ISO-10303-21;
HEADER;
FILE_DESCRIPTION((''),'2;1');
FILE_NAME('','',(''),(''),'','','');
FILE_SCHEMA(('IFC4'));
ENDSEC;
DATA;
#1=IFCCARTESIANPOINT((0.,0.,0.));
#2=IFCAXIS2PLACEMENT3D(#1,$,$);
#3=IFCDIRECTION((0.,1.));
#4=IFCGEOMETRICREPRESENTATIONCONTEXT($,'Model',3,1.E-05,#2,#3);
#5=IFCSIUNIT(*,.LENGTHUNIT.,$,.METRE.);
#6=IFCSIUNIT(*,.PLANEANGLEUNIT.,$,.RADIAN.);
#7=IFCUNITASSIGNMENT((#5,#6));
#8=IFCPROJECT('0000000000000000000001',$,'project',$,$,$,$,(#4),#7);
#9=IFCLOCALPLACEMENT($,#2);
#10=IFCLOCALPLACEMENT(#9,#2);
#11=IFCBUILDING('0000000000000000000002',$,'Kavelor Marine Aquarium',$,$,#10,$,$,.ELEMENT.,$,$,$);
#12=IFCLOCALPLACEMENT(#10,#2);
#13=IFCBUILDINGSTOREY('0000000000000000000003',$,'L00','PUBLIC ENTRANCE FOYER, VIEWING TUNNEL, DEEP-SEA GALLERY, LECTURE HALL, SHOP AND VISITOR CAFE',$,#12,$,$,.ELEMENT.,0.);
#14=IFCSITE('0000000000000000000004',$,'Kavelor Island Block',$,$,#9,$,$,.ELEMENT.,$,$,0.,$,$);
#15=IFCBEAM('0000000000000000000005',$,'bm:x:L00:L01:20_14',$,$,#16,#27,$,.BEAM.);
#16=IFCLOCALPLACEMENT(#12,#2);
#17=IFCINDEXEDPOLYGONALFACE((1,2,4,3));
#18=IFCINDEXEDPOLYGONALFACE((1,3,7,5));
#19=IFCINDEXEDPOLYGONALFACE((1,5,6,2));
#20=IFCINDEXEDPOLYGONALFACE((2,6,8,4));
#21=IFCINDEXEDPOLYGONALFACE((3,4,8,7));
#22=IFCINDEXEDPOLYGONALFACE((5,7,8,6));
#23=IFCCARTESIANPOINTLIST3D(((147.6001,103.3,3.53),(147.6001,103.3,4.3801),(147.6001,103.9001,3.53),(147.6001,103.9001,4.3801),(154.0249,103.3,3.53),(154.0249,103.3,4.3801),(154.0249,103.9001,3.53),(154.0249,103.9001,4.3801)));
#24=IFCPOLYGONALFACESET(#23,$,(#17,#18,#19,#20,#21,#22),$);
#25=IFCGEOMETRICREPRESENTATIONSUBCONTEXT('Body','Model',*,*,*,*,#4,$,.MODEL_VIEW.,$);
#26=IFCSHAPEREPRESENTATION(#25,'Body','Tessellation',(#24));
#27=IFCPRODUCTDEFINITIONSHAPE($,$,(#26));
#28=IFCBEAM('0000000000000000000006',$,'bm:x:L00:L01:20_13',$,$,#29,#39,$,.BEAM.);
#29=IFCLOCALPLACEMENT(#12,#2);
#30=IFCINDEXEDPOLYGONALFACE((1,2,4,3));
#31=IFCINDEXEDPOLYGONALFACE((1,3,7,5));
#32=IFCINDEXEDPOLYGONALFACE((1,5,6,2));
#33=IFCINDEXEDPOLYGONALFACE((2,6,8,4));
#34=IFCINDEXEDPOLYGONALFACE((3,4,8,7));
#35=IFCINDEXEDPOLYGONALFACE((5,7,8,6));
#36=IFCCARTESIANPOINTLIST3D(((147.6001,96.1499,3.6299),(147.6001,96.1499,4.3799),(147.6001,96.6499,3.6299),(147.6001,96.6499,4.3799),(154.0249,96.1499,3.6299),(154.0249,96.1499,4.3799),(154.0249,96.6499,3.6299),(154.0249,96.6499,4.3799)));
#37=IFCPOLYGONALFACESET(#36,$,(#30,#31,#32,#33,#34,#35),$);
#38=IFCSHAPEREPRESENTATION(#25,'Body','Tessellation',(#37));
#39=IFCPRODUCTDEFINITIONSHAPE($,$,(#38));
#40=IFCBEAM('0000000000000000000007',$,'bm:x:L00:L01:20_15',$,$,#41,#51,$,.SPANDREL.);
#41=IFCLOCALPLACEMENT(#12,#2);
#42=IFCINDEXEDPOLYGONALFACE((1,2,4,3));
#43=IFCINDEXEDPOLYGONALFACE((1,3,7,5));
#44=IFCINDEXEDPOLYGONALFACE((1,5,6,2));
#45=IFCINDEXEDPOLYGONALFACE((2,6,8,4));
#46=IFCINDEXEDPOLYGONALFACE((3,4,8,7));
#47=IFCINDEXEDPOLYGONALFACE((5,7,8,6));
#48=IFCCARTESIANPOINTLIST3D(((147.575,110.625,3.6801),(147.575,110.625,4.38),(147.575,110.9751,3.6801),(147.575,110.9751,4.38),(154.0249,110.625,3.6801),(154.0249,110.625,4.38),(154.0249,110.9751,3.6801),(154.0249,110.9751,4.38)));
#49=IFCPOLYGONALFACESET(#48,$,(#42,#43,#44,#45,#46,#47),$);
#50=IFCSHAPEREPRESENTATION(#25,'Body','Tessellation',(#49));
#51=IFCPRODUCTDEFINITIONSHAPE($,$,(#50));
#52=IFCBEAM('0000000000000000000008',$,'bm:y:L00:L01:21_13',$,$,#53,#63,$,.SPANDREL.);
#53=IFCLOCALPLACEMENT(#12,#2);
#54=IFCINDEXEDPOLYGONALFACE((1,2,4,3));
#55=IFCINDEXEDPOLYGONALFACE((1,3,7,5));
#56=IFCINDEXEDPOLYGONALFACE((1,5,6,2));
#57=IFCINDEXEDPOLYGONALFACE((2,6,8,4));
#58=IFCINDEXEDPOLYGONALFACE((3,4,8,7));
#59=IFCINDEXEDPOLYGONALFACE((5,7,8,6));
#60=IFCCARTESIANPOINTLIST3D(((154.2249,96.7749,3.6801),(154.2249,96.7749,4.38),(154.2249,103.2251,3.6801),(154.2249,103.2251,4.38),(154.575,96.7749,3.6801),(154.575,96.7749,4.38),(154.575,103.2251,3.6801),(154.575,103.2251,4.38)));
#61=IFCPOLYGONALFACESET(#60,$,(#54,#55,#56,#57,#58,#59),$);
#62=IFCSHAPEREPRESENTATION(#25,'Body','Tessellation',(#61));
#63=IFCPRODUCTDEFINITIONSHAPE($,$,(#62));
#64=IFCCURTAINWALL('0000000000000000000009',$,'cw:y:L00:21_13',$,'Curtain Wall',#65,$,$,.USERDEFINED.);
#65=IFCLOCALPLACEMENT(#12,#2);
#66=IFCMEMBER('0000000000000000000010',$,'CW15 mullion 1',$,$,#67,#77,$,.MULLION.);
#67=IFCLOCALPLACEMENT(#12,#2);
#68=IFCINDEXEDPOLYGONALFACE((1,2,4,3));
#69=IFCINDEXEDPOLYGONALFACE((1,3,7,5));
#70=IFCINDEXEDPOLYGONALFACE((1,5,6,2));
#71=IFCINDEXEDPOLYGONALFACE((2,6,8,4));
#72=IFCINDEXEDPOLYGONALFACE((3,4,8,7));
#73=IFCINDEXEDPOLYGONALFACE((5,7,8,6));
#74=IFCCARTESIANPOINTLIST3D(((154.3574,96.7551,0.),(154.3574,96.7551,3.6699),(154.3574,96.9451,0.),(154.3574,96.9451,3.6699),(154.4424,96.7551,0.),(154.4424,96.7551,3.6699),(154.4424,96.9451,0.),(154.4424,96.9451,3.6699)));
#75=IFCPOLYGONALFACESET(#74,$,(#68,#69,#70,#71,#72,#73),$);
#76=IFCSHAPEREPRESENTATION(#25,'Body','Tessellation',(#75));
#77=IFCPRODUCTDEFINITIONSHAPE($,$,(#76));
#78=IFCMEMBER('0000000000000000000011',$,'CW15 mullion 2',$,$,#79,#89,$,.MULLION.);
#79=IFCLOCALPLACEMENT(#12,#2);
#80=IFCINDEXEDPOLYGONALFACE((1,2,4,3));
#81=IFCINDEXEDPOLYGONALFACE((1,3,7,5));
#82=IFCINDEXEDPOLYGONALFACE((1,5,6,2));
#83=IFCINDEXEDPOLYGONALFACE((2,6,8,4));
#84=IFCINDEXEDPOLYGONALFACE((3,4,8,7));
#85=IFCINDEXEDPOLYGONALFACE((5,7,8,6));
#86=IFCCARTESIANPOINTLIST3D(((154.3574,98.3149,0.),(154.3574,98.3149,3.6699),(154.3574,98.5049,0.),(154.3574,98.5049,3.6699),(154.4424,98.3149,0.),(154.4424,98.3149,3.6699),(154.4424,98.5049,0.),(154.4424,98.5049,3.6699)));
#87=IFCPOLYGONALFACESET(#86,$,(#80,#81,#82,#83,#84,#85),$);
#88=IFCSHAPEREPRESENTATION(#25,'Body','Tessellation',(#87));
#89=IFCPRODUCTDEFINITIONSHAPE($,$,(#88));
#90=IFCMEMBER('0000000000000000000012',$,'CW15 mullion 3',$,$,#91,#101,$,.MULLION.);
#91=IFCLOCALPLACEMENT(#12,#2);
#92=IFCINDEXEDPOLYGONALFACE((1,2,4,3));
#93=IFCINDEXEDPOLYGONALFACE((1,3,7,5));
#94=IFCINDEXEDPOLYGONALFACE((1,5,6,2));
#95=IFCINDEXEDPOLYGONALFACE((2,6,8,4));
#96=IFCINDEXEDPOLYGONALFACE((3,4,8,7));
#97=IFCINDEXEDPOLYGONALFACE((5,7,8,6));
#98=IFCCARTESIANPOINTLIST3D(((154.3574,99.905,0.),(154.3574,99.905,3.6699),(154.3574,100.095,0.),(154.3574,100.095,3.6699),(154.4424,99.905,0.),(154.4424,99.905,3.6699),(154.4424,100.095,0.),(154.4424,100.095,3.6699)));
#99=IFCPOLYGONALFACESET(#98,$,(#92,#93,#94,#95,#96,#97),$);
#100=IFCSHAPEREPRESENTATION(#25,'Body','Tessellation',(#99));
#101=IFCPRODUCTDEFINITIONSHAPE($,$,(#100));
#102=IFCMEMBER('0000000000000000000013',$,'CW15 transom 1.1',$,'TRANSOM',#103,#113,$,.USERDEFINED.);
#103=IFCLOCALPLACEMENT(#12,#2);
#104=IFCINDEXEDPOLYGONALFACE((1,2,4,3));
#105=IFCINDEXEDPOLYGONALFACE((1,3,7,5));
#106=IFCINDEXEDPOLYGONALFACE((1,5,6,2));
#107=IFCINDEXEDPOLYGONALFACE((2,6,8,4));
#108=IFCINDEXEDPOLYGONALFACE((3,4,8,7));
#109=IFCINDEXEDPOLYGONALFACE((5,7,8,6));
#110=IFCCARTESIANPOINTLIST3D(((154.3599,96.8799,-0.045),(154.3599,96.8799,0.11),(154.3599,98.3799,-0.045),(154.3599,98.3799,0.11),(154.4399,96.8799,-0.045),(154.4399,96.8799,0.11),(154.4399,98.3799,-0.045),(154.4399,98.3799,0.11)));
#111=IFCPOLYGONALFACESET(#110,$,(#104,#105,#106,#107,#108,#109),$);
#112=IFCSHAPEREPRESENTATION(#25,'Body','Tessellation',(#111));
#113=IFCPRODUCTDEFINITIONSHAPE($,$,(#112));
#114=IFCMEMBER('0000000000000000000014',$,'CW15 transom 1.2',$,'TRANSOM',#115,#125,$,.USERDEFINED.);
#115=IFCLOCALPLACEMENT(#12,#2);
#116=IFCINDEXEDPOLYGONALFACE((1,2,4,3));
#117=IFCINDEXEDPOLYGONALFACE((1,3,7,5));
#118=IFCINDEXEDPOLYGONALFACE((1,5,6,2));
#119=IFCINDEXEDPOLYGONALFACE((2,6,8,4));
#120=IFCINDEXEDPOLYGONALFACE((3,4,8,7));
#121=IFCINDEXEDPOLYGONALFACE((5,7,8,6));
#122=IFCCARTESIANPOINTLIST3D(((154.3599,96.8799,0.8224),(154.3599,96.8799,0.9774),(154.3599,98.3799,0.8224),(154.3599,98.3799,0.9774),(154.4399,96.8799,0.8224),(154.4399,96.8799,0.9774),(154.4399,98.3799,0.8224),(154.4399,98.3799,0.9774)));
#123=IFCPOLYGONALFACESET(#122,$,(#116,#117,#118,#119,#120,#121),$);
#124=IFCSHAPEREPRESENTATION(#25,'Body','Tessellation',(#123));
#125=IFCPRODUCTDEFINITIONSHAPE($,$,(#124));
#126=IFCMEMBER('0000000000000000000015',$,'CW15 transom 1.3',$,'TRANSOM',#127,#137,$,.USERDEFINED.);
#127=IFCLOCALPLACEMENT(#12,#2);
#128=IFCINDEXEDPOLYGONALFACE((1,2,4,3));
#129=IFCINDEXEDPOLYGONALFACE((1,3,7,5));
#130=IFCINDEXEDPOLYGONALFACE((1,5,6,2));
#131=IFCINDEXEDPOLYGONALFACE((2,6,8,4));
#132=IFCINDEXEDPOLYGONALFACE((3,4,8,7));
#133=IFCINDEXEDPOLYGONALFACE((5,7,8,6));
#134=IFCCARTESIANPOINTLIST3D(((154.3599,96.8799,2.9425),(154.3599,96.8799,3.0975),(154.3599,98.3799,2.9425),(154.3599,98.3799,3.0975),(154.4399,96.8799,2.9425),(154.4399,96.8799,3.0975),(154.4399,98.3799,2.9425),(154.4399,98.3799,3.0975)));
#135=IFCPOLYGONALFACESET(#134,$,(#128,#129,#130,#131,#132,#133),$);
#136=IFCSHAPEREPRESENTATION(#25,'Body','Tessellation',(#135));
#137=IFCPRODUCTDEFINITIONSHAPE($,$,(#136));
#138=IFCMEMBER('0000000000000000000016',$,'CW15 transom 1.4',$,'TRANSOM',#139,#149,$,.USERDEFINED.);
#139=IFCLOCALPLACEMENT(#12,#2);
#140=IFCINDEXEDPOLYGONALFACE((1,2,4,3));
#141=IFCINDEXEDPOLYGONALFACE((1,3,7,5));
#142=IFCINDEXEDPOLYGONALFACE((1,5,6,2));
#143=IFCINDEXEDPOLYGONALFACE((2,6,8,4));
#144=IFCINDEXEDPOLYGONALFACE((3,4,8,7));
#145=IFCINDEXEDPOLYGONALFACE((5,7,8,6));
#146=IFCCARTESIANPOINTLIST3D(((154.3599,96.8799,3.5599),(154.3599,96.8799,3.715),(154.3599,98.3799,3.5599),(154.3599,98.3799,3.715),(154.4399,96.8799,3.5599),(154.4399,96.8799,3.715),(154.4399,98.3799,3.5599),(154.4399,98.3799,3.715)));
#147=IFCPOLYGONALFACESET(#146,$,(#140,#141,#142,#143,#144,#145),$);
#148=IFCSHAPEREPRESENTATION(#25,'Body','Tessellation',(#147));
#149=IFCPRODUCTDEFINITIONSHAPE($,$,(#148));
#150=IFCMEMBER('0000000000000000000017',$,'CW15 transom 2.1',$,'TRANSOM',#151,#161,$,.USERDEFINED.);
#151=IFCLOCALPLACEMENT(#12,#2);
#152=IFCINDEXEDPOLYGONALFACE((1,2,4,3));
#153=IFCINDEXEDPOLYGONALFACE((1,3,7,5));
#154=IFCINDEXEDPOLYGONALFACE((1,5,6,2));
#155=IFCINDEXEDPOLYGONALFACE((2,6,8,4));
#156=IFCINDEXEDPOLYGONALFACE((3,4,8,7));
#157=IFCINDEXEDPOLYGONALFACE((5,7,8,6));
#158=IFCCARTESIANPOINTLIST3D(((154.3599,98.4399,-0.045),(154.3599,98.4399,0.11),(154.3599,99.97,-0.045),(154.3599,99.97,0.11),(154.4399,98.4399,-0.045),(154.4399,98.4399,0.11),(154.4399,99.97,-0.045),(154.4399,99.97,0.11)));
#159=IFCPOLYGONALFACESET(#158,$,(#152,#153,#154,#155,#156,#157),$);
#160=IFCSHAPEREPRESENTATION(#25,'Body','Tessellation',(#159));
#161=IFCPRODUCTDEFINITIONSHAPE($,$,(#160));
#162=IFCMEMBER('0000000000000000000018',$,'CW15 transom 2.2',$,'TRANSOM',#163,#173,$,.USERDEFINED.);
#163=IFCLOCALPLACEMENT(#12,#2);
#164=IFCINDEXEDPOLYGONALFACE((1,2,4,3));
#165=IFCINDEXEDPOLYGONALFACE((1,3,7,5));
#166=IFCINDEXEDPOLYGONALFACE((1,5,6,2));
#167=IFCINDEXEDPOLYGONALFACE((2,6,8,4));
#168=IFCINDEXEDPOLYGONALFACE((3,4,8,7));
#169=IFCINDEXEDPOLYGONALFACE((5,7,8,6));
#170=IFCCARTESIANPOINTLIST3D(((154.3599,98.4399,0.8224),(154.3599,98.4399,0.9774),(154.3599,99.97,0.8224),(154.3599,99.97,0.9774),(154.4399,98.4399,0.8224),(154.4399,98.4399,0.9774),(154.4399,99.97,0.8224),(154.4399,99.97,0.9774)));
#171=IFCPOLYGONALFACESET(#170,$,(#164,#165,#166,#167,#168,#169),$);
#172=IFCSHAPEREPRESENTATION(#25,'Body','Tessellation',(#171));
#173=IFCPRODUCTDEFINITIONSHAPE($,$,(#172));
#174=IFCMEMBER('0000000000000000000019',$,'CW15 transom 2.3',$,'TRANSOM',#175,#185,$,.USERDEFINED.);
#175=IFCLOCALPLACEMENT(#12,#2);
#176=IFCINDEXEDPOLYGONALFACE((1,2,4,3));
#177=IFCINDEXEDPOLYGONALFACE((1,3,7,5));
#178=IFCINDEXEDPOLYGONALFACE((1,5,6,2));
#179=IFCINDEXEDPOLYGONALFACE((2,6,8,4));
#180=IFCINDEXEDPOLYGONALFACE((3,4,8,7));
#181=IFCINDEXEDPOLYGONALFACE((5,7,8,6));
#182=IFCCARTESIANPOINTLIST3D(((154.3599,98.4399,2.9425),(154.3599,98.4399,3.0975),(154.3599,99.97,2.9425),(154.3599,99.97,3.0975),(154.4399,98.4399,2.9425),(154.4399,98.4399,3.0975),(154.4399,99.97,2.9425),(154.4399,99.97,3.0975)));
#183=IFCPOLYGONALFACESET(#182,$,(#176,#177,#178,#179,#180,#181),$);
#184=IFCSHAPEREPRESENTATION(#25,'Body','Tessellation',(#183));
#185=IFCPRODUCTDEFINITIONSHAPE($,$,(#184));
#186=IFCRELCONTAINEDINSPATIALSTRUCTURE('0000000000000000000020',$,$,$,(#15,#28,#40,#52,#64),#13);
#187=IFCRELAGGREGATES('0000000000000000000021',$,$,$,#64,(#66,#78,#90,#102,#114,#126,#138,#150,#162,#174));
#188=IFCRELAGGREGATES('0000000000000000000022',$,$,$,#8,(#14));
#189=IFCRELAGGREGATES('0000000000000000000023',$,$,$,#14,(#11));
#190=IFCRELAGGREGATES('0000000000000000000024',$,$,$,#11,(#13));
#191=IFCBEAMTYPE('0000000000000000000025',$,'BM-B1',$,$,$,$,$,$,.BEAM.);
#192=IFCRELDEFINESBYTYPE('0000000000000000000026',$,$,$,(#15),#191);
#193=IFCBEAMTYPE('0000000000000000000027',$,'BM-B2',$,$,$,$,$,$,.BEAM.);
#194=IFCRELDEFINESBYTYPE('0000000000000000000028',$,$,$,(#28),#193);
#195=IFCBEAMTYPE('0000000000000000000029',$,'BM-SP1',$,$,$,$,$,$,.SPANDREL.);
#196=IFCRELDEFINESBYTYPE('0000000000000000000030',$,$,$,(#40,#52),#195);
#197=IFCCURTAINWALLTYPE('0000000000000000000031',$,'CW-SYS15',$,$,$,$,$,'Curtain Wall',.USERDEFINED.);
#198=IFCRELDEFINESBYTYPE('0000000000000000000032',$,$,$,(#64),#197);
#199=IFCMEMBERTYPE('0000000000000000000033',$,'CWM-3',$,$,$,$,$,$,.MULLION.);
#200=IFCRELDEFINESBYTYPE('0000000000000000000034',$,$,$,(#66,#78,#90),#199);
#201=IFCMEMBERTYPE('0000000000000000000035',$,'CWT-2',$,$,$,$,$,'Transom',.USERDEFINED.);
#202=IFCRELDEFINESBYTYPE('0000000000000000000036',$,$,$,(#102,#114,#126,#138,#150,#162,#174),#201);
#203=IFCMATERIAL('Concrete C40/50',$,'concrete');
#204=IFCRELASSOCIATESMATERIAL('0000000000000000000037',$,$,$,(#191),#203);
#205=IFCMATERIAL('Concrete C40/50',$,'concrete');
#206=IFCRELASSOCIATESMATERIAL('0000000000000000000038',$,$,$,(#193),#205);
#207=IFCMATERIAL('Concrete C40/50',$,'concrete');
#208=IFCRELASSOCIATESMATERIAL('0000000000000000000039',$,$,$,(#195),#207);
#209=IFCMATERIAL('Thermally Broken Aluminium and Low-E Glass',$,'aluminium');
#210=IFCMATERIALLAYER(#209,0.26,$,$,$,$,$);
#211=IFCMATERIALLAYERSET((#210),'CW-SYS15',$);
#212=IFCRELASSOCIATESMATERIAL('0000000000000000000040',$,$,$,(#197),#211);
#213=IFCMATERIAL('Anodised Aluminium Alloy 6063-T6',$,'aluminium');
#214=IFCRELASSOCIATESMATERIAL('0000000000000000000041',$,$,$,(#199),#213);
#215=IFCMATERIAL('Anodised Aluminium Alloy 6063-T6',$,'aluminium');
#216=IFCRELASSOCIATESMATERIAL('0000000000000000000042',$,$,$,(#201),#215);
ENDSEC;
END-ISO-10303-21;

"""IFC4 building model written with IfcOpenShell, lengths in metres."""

from ifc_helpers import new_model, si_unit, direction, frame, origin, origin_2d, place, context, subcontext, project, spatial, rectangle, extrude, material, layer, layer_set, material_profile, profile_set, type_object, element, aggregate, save


model = new_model("IFC4")

# Units and contexts
model_context = context("Model", 3, precision=1e-05, world=origin(), true_north=direction((0.0, 1.0)))
body_context = subcontext(model_context, "Body", "Model", "MODEL_VIEW")
ifc_project = project(units=[si_unit("LENGTHUNIT", "METRE"), si_unit("PLANEANGLEUNIT", "RADIAN")], contexts=[model_context])

# Site, building, storey
site_placement = place(None, origin())
site = spatial("IfcSite", under=ifc_project, at=site_placement, Name="Kavelor Island Block", CompositionType="ELEMENT", RefElevation=0.0)
building_placement = place(site_placement, origin())
building = spatial("IfcBuilding", under=site, at=building_placement, Name="Kavelor Marine Aquarium", CompositionType="ELEMENT")
storey_placement = place(building_placement, origin())
storey = spatial("IfcBuildingStorey", under=building, at=storey_placement, Name="L00", Description="PUBLIC ENTRANCE FOYER, VIEWING TUNNEL, DEEP-SEA GALLERY, LECTURE HALL, SHOP AND VISITOR CAFE", CompositionType="ELEMENT", Elevation=0.0)

# Beams
ifc_material_1 = material(Name="Concrete C40/50", Category="concrete")
ifc_material_profile_1 = material_profile(ifc_material_1, rectangle(XDim=0.6001, YDim=0.8501, at=origin_2d()), Name="RC-BM 600x850")
ifc_profile_set_1 = profile_set([ifc_material_profile_1], Name="Concrete C40/50")
beam_type_1 = type_object("IfcBeamType", Name="BM-B1", PredefinedType="BEAM", material=ifc_profile_set_1)
beam_1_placement = place(storey_placement, frame((147.6001, 103.6001, 3.9551), z_axis=(1.0, 0.0, 0.0), x_axis=(0.0, 1.0, 0.0)))
element("IfcBeam", 1, at=beam_1_placement, inside=storey, type_object=beam_type_1, Name="bm:x:L00:L01:20_14", PredefinedType="BEAM", context=body_context, shape_type="SweptSolid", body=[
    extrude(rectangle(XDim=0.6001, YDim=0.8501, at=origin_2d()), origin(), (0.0, 0.0, 1.0), 6.4248),
])
ifc_material_2 = material(Name="Concrete C40/50", Category="concrete")
ifc_material_profile_2 = material_profile(ifc_material_2, rectangle(XDim=0.5, YDim=0.75, at=origin_2d()), Name="RC-BM 500x750")
ifc_profile_set_2 = profile_set([ifc_material_profile_2], Name="Concrete C40/50")
beam_type_2 = type_object("IfcBeamType", Name="BM-B2", PredefinedType="BEAM", material=ifc_profile_set_2)
beam_2_placement = place(storey_placement, frame((147.6001, 96.3999, 4.0049), z_axis=(1.0, 0.0, 0.0), x_axis=(0.0, 1.0, 0.0)))
element("IfcBeam", 2, at=beam_2_placement, inside=storey, type_object=beam_type_2, Name="bm:x:L00:L01:20_13", PredefinedType="BEAM", context=body_context, shape_type="SweptSolid", body=[
    extrude(rectangle(XDim=0.5, YDim=0.75, at=origin_2d()), origin(), (0.0, 0.0, 1.0), 6.4248),
])
ifc_material_3 = material(Name="Concrete C40/50", Category="concrete")
ifc_material_profile_3 = material_profile(ifc_material_3, rectangle(XDim=0.3501, YDim=0.7, at=origin_2d()), Name="RC-SP 350x700")
ifc_profile_set_3 = profile_set([ifc_material_profile_3], Name="Concrete C40/50")
beam_type_3 = type_object("IfcBeamType", Name="BM-SP1", PredefinedType="SPANDREL", material=ifc_profile_set_3)
beam_3_placement = place(storey_placement, frame((147.575, 110.8, 4.03), z_axis=(1.0, 0.0, 0.0), x_axis=(0.0, 1.0, 0.0)))
element("IfcBeam", 3, at=beam_3_placement, inside=storey, type_object=beam_type_3, Name="bm:x:L00:L01:20_15", PredefinedType="SPANDREL", context=body_context, shape_type="SweptSolid", body=[
    extrude(rectangle(XDim=0.3501, YDim=0.7, at=origin_2d()), origin(), (0.0, 0.0, 1.0), 6.45),
])
beam_4_placement = place(storey_placement, frame((154.3999, 96.7749, 4.03), z_axis=(0.0, 1.0, 0.0), x_axis=(-1.0, 0.0, 0.0)))
element("IfcBeam", 4, at=beam_4_placement, inside=storey, type_object=beam_type_3, Name="bm:y:L00:L01:21_13", PredefinedType="SPANDREL", context=body_context, shape_type="SweptSolid", body=[
    extrude(rectangle(XDim=0.3501, YDim=0.7, at=origin_2d()), origin(), (0.0, 0.0, 1.0), 6.4502),
])

# Curtain wall, members
ifc_material_4 = material(Name="Thermally Broken Aluminium and Low-E Glass", Category="aluminium")
ifc_layer_1 = layer(ifc_material_4, 0.26)
ifc_layer_set_1 = layer_set([ifc_layer_1], Name="CW-SYS15")
curtain_wall_type = type_object("IfcCurtainWallType", Name="CW-SYS15", ElementType="Curtain Wall", PredefinedType="USERDEFINED", material=ifc_layer_set_1)
curtain_wall_placement = place(storey_placement, origin())
curtain_wall = element("IfcCurtainWall", 5, at=curtain_wall_placement, inside=storey, type_object=curtain_wall_type, Name="cw:y:L00:21_13", ObjectType="Curtain Wall", PredefinedType="USERDEFINED")
ifc_material_5 = material(Name="Anodised Aluminium Alloy 6063-T6", Category="aluminium")
ifc_material_profile_4 = material_profile(ifc_material_5, rectangle(XDim=0.085, YDim=0.1899, at=origin_2d()), Name="CW-MUL 85x190")
ifc_profile_set_4 = profile_set([ifc_material_profile_4], Name="Anodised Aluminium Alloy 6063-T6")
member_type_1 = type_object("IfcMemberType", Name="CWM-3", PredefinedType="MULLION", material=ifc_profile_set_4)
member_1_placement = place(storey_placement, frame((154.3999, 96.8501, 0.0), z_axis=(0.0, 0.0, 1.0), x_axis=(-1.0, 0.0, 0.0)))
member_1 = element("IfcMember", 6, at=member_1_placement, type_object=member_type_1, Name="CW15 mullion 1", PredefinedType="MULLION", context=body_context, shape_type="SweptSolid", body=[
    extrude(rectangle(XDim=0.085, YDim=0.1899, at=origin_2d()), origin(), (0.0, 0.0, 1.0), 3.6699),
])
member_2_placement = place(storey_placement, frame((154.3999, 98.4099, 0.0), z_axis=(0.0, 0.0, 1.0), x_axis=(-1.0, 0.0, 0.0)))
member_2 = element("IfcMember", 7, at=member_2_placement, type_object=member_type_1, Name="CW15 mullion 2", PredefinedType="MULLION", context=body_context, shape_type="SweptSolid", body=[
    extrude(rectangle(XDim=0.085, YDim=0.1899, at=origin_2d()), origin(), (0.0, 0.0, 1.0), 3.6699),
])
member_3_placement = place(storey_placement, frame((154.3999, 100.0, 0.0), z_axis=(0.0, 0.0, 1.0), x_axis=(-1.0, 0.0, 0.0)))
member_3 = element("IfcMember", 8, at=member_3_placement, type_object=member_type_1, Name="CW15 mullion 3", PredefinedType="MULLION", context=body_context, shape_type="SweptSolid", body=[
    extrude(rectangle(XDim=0.085, YDim=0.1899, at=origin_2d()), origin(), (0.0, 0.0, 1.0), 3.6699),
])
ifc_material_6 = material(Name="Anodised Aluminium Alloy 6063-T6", Category="aluminium")
ifc_material_profile_5 = material_profile(ifc_material_6, rectangle(XDim=0.0801, YDim=0.155, at=origin_2d()), Name="CW-TRN 80x155")
ifc_profile_set_5 = profile_set([ifc_material_profile_5], Name="Anodised Aluminium Alloy 6063-T6")
member_type_2 = type_object("IfcMemberType", Name="CWT-2", ElementType="Transom", PredefinedType="USERDEFINED", material=ifc_profile_set_5)
member_4_placement = place(storey_placement, frame((154.3999, 96.8799, 0.0325), z_axis=(0.0, 1.0, 0.0), x_axis=(-1.0, 0.0, 0.0)))
member_4 = element("IfcMember", 9, at=member_4_placement, type_object=member_type_2, Name="CW15 transom 1.1", ObjectType="TRANSOM", PredefinedType="USERDEFINED", context=body_context, shape_type="SweptSolid", body=[
    extrude(rectangle(XDim=0.0801, YDim=0.155, at=origin_2d()), origin(), (0.0, 0.0, 1.0), 1.5),
])
member_5_placement = place(storey_placement, frame((154.3999, 96.8799, 0.8999), z_axis=(0.0, 1.0, 0.0), x_axis=(-1.0, 0.0, 0.0)))
member_5 = element("IfcMember", 10, at=member_5_placement, type_object=member_type_2, Name="CW15 transom 1.2", ObjectType="TRANSOM", PredefinedType="USERDEFINED", context=body_context, shape_type="SweptSolid", body=[
    extrude(rectangle(XDim=0.0801, YDim=0.155, at=origin_2d()), origin(), (0.0, 0.0, 1.0), 1.5),
])
member_6_placement = place(storey_placement, frame((154.3999, 96.8799, 3.02), z_axis=(0.0, 1.0, 0.0), x_axis=(-1.0, 0.0, 0.0)))
member_6 = element("IfcMember", 11, at=member_6_placement, type_object=member_type_2, Name="CW15 transom 1.3", ObjectType="TRANSOM", PredefinedType="USERDEFINED", context=body_context, shape_type="SweptSolid", body=[
    extrude(rectangle(XDim=0.0801, YDim=0.155, at=origin_2d()), origin(), (0.0, 0.0, 1.0), 1.5),
])
member_7_placement = place(storey_placement, frame((154.3999, 96.8799, 3.6375), z_axis=(0.0, 1.0, 0.0), x_axis=(-1.0, 0.0, 0.0)))
member_7 = element("IfcMember", 12, at=member_7_placement, type_object=member_type_2, Name="CW15 transom 1.4", ObjectType="TRANSOM", PredefinedType="USERDEFINED", context=body_context, shape_type="SweptSolid", body=[
    extrude(rectangle(XDim=0.0801, YDim=0.155, at=origin_2d()), origin(), (0.0, 0.0, 1.0), 1.5),
])
member_8_placement = place(storey_placement, frame((154.3999, 98.4399, 0.0325), z_axis=(0.0, 1.0, 0.0), x_axis=(-1.0, 0.0, 0.0)))
member_8 = element("IfcMember", 13, at=member_8_placement, type_object=member_type_2, Name="CW15 transom 2.1", ObjectType="TRANSOM", PredefinedType="USERDEFINED", context=body_context, shape_type="SweptSolid", body=[
    extrude(rectangle(XDim=0.0801, YDim=0.155, at=origin_2d()), origin(), (0.0, 0.0, 1.0), 1.53),
])
member_9_placement = place(storey_placement, frame((154.3999, 98.4399, 0.8999), z_axis=(0.0, 1.0, 0.0), x_axis=(-1.0, 0.0, 0.0)))
member_9 = element("IfcMember", 14, at=member_9_placement, type_object=member_type_2, Name="CW15 transom 2.2", ObjectType="TRANSOM", PredefinedType="USERDEFINED", context=body_context, shape_type="SweptSolid", body=[
    extrude(rectangle(XDim=0.0801, YDim=0.155, at=origin_2d()), origin(), (0.0, 0.0, 1.0), 1.53),
])
member_10_placement = place(storey_placement, frame((154.3999, 98.4399, 3.02), z_axis=(0.0, 1.0, 0.0), x_axis=(-1.0, 0.0, 0.0)))
member_10 = element("IfcMember", 15, at=member_10_placement, type_object=member_type_2, Name="CW15 transom 2.3", ObjectType="TRANSOM", PredefinedType="USERDEFINED", context=body_context, shape_type="SweptSolid", body=[
    extrude(rectangle(XDim=0.0801, YDim=0.155, at=origin_2d()), origin(), (0.0, 0.0, 1.0), 1.53),
])
aggregate(curtain_wall, [member_1, member_2, member_3, member_4, member_5, member_6, member_7, member_8, member_9, member_10])

save(model, "model.ifc")
